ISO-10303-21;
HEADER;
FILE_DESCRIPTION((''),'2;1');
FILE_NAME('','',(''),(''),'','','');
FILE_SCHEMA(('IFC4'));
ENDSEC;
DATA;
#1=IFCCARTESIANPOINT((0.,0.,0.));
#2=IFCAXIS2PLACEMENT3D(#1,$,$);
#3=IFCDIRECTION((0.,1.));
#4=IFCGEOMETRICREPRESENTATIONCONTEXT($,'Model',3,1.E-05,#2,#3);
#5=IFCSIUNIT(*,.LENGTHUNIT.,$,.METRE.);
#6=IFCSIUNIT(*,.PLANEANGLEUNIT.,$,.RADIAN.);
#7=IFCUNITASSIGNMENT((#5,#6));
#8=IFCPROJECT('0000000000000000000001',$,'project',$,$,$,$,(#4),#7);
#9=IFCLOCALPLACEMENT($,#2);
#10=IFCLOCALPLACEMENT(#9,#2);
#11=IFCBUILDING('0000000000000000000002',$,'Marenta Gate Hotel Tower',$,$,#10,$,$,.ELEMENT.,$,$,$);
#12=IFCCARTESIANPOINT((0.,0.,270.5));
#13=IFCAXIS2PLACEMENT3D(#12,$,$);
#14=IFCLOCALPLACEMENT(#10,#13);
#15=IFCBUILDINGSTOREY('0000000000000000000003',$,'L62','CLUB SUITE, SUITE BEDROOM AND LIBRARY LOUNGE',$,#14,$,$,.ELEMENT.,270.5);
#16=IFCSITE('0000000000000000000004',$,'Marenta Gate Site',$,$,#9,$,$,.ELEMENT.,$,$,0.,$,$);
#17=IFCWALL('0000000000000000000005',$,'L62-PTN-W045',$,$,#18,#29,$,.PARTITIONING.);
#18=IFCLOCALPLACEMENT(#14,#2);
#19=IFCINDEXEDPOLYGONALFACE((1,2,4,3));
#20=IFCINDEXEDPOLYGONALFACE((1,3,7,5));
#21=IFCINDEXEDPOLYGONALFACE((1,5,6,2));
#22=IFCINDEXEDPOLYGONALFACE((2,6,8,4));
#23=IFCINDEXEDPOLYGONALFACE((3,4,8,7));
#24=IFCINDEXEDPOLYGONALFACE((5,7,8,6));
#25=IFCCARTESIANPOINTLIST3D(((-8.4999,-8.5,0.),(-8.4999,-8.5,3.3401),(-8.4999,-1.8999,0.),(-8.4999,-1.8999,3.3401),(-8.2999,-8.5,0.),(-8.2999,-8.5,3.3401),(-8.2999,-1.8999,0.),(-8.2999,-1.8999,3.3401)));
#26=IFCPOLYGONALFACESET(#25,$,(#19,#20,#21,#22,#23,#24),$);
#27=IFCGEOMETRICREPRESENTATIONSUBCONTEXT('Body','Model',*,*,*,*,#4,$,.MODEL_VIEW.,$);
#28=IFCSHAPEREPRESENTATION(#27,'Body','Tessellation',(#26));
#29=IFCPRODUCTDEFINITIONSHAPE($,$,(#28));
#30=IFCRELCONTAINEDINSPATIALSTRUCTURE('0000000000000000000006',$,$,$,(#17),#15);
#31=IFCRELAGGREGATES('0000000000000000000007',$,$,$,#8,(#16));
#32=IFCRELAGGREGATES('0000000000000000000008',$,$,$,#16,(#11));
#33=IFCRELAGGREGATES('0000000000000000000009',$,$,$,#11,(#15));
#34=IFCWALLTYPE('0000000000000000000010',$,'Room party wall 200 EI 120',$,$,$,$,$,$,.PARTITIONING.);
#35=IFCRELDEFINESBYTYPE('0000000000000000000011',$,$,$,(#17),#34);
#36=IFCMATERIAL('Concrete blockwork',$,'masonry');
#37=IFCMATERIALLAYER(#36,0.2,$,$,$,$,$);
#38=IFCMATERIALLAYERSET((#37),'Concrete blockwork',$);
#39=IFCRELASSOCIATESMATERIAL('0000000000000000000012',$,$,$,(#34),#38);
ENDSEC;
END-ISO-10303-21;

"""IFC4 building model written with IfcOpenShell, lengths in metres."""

from ifc_helpers import new_model, si_unit, direction, frame, frame_2d, origin, place, context, subcontext, project, spatial, rectangle, extrude, material, layer, layer_set, type_object, element, save


model = new_model("IFC4")

# Units and contexts
model_context = context("Model", 3, precision=1e-05, world=origin(), true_north=direction((0.0, 1.0)))
body_context = subcontext(model_context, "Body", "Model", "MODEL_VIEW")
ifc_project = project(units=[si_unit("LENGTHUNIT", "METRE"), si_unit("PLANEANGLEUNIT", "RADIAN")], contexts=[model_context])

# Site, building, storey
site_placement = place(None, origin())
site = spatial("IfcSite", under=ifc_project, at=site_placement, Name="Marenta Gate Site", CompositionType="ELEMENT", RefElevation=0.0)
building_placement = place(site_placement, origin())
building = spatial("IfcBuilding", under=site, at=building_placement, Name="Marenta Gate Hotel Tower", CompositionType="ELEMENT")
storey_placement = place(building_placement, frame((0.0, 0.0, 270.5)))
storey = spatial("IfcBuildingStorey", under=building, at=storey_placement, Name="L62", Description="CLUB SUITE, SUITE BEDROOM AND LIBRARY LOUNGE", CompositionType="ELEMENT", Elevation=270.5)

# Wall
ifc_material_1 = material(Name="Concrete blockwork", Category="masonry")
ifc_layer_1 = layer(ifc_material_1, 0.2)
ifc_layer_set_1 = layer_set([ifc_layer_1], Name="Concrete blockwork")
wall_type_1 = type_object("IfcWallType", Name="Room party wall 200 EI 120", PredefinedType="PARTITIONING", material=ifc_layer_set_1)
wall_1_placement = place(storey_placement, frame((-8.3999, -8.5, 0.0), z_axis=(0.0, 0.0, 1.0), x_axis=(0.0, 1.0, 0.0)))
element("IfcWall", 1, at=wall_1_placement, inside=storey, type_object=wall_type_1, Name="L62-PTN-W045", PredefinedType="PARTITIONING", context=body_context, shape_type="SweptSolid", body=[
    extrude(rectangle(XDim=6.6001, YDim=0.2, at=frame_2d((3.3, 0.0))), origin(), (0.0, 0.0, 1.0), 3.3401),
])

save(model, "model.ifc")
